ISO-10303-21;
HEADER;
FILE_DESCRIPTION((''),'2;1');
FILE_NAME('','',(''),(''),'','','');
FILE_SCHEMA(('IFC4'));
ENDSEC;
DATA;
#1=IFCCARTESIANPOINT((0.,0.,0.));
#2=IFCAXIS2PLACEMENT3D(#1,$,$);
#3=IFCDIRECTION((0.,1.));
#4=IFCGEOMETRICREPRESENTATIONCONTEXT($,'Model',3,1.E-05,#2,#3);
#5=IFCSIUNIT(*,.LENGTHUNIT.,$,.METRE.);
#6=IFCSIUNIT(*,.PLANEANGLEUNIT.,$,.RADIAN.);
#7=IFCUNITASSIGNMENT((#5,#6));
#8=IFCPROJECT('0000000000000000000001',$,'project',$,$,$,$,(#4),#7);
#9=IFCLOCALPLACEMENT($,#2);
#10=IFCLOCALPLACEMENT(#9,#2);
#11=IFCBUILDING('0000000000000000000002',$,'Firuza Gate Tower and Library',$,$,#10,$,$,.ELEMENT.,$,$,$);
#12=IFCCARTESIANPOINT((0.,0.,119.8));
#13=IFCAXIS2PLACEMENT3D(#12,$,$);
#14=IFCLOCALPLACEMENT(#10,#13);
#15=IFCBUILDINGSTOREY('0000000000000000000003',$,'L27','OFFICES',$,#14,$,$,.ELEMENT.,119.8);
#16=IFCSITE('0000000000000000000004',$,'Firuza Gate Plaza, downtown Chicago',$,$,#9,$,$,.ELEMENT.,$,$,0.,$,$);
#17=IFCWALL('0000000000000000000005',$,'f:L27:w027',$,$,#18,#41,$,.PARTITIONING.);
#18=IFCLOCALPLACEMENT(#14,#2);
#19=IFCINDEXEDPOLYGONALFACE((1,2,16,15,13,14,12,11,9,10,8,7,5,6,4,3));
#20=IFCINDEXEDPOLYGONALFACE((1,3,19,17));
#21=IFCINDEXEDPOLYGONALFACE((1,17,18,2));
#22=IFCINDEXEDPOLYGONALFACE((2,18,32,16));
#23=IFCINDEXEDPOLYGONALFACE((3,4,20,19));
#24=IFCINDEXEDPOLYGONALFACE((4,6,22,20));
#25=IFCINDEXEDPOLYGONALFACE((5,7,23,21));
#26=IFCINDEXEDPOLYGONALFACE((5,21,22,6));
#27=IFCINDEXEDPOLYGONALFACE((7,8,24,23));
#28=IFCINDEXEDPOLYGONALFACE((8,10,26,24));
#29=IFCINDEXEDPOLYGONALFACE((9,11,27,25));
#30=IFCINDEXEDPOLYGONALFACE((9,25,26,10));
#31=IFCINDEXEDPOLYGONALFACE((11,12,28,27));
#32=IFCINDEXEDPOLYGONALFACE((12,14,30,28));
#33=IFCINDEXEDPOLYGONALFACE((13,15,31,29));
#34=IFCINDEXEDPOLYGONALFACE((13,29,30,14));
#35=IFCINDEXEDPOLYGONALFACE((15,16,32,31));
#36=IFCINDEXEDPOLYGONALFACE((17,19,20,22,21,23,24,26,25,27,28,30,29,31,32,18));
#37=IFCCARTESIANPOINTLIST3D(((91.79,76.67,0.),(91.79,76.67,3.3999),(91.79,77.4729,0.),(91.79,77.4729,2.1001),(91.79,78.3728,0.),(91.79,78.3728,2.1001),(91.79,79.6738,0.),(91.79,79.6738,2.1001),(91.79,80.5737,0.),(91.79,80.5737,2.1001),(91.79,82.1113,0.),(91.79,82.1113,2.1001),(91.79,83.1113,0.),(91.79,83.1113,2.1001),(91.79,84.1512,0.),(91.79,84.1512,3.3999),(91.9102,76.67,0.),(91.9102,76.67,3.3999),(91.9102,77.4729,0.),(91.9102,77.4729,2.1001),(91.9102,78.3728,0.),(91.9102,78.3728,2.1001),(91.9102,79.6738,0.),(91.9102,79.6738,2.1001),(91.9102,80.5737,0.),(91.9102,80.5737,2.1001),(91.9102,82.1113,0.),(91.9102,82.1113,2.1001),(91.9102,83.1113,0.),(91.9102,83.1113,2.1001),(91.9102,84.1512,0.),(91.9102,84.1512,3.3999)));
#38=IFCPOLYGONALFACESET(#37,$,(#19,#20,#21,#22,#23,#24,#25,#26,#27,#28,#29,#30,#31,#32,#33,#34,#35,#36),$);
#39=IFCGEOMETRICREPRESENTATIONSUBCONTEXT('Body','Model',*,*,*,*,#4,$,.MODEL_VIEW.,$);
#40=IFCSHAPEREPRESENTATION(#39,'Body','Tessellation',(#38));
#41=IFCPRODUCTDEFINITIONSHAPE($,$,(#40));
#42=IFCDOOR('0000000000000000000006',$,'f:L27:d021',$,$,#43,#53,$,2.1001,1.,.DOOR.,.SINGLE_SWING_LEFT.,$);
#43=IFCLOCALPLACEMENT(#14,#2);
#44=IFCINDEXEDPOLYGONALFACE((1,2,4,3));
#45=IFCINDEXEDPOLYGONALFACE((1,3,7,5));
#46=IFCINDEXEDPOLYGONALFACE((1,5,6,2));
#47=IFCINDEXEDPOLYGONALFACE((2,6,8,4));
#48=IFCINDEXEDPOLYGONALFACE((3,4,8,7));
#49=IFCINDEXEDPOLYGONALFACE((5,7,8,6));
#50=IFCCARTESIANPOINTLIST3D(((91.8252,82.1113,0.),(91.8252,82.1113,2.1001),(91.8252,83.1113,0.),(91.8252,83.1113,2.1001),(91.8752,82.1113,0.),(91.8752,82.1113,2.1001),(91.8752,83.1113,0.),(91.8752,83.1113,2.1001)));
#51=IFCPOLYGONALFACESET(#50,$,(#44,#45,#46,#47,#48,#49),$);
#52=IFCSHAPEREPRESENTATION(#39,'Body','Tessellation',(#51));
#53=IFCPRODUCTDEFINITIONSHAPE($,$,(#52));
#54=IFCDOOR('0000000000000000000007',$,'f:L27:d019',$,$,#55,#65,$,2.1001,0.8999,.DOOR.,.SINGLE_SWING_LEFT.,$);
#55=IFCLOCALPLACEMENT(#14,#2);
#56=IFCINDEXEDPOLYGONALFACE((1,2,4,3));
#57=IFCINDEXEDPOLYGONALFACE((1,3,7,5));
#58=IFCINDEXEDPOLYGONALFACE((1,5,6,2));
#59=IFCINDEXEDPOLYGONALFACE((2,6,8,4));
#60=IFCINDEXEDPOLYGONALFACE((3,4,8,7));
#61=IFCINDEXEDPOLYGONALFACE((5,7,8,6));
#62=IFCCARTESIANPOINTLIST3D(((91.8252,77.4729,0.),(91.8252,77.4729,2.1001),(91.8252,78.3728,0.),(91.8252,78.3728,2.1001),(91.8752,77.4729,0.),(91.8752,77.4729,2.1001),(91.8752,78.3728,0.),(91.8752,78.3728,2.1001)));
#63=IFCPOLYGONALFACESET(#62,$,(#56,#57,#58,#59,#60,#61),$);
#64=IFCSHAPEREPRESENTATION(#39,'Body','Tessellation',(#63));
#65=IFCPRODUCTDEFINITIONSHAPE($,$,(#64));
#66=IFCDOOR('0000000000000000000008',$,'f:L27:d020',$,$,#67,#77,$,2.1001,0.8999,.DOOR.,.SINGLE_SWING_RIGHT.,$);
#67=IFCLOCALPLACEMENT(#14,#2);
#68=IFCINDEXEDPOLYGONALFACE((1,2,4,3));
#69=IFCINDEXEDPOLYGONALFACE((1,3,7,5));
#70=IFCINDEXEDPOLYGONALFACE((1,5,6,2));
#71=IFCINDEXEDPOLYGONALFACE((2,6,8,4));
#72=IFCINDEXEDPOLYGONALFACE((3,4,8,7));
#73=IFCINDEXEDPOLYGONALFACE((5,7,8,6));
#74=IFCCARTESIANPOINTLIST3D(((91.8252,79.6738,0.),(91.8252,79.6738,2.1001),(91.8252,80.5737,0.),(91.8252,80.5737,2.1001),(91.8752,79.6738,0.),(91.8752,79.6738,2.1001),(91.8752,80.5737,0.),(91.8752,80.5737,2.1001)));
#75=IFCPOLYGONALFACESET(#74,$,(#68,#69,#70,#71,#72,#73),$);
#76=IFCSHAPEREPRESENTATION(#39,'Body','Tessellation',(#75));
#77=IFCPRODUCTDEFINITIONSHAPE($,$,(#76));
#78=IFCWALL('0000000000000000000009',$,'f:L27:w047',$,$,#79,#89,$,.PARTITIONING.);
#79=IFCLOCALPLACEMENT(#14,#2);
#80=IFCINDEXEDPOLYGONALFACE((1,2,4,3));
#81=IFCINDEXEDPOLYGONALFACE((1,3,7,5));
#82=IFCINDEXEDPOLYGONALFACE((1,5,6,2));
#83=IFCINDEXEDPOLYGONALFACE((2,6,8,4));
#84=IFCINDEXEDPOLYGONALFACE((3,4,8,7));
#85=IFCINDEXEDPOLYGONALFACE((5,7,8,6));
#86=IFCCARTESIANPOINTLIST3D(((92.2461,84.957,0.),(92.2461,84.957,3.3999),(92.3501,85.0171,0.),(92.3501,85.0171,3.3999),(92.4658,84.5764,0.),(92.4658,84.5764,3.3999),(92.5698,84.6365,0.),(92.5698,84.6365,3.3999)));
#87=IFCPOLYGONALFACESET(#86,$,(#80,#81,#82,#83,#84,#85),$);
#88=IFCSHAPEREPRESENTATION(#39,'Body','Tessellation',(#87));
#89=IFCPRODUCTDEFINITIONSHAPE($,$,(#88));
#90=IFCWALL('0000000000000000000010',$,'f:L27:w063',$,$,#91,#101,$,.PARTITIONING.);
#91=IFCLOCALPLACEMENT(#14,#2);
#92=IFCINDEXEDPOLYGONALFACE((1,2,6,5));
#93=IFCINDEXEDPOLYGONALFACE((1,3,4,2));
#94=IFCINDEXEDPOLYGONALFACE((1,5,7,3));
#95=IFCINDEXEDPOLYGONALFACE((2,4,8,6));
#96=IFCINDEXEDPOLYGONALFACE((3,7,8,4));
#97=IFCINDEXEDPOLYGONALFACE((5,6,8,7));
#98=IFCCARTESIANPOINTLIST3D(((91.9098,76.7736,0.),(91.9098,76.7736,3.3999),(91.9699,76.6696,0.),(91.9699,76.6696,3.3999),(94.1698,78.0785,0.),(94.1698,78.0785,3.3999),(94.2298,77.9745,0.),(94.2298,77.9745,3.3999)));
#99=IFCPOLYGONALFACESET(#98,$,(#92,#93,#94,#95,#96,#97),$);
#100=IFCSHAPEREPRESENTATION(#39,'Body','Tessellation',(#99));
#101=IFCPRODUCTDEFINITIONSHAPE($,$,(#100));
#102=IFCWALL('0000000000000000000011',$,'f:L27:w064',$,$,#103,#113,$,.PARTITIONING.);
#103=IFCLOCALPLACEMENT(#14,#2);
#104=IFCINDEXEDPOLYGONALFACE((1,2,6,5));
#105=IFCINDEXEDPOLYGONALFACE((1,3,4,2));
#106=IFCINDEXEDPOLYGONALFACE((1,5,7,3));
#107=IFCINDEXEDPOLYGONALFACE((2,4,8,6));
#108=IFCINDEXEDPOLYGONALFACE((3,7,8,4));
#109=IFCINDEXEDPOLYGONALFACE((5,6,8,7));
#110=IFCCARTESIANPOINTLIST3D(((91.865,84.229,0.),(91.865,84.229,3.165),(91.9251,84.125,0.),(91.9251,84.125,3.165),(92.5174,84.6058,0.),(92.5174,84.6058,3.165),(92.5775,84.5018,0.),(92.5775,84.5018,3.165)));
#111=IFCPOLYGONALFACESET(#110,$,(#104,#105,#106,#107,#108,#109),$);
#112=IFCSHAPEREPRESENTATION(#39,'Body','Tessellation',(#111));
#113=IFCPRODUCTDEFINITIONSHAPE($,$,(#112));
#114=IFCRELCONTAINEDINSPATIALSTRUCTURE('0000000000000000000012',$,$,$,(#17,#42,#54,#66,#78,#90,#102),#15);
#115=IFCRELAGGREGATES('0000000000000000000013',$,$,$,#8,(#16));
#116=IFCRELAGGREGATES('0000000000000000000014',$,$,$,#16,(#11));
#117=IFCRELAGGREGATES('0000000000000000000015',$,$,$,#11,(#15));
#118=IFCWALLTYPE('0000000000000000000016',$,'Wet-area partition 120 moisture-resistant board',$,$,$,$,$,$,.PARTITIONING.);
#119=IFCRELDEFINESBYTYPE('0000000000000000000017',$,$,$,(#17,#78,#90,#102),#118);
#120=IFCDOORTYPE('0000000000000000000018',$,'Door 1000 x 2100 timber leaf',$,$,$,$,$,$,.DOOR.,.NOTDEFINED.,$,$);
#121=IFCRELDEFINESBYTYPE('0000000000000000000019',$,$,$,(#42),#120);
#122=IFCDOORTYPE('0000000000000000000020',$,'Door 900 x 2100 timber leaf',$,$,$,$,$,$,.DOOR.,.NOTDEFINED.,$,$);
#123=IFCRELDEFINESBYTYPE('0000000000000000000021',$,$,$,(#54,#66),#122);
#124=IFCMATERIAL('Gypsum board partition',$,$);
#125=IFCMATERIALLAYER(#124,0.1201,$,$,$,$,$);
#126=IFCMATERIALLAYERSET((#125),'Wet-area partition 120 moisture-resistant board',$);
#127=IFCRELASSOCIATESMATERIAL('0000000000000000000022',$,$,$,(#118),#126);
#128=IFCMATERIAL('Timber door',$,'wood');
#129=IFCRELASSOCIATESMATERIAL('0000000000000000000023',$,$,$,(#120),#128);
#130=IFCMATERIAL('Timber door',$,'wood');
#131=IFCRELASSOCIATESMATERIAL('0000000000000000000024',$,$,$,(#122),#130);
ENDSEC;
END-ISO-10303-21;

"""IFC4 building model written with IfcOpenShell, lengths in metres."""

from ifc_helpers import new_model, si_unit, direction, frame, frame_2d, origin, place, context, subcontext, project, spatial, rectangle, extrude, material, layer, layer_set, type_object, element, fill, save


model = new_model("IFC4")

# Units and contexts
model_context = context("Model", 3, precision=1e-05, world=origin(), true_north=direction((0.0, 1.0)))
body_context = subcontext(model_context, "Body", "Model", "MODEL_VIEW")
ifc_project = project(units=[si_unit("LENGTHUNIT", "METRE"), si_unit("PLANEANGLEUNIT", "RADIAN")], contexts=[model_context])

# Site, building, storey
site_placement = place(None, origin())
site = spatial("IfcSite", under=ifc_project, at=site_placement, Name="Firuza Gate Plaza, downtown Chicago", CompositionType="ELEMENT", RefElevation=0.0)
building_placement = place(site_placement, origin())
building = spatial("IfcBuilding", under=site, at=building_placement, Name="Firuza Gate Tower and Library", CompositionType="ELEMENT")
storey_placement = place(building_placement, frame((0.0, 0.0, 119.8)))
storey = spatial("IfcBuildingStorey", under=building, at=storey_placement, Name="L27", Description="OFFICES", CompositionType="ELEMENT", Elevation=119.8)

# Shared definitions
ifc_material_1 = material(Name="Gypsum board partition")
ifc_layer_1 = layer(ifc_material_1, 0.1201)
ifc_layer_set_1 = layer_set([ifc_layer_1], Name="Wet-area partition 120 moisture-resistant board")
wall_type_1 = type_object("IfcWallType", Name="Wet-area partition 120 moisture-resistant board", PredefinedType="PARTITIONING", material=ifc_layer_set_1)

# Wall, openings, doors
wall_1_placement = place(storey_placement, frame((91.8501, 76.6699, 0.0), z_axis=(0.0, 0.0, 1.0), x_axis=(0.0, 1.0, 0.0)))
wall_1 = element("IfcWall", 1, at=wall_1_placement, inside=storey, type_object=wall_type_1, Name="f:L27:w027", PredefinedType="PARTITIONING", context=body_context, shape_type="SweptSolid", body=[
    extrude(rectangle(XDim=7.4812, YDim=0.1201, at=frame_2d((3.7407, 0.0))), origin(), (0.0, 0.0, 1.0), 3.3999),
])
opening_1_placement = place(wall_1_placement, frame((0.803, 0.0, 0.0)))
opening_1 = element("IfcOpeningElement", 2, at=opening_1_placement, cuts=wall_1, PredefinedType="OPENING", context=body_context, shape_type="SweptSolid", body=[
    extrude(rectangle(XDim=0.8999, YDim=2.1001, at=frame_2d((0.45, 1.05))), frame((0.0, 0.0701, 0.0), z_axis=(0.0, -1.0, 0.0), x_axis=(1.0, 0.0, 0.0)), (0.0, 0.0, 1.0), 0.1401),
])
opening_2_placement = place(wall_1_placement, frame((3.0039, 0.0, 0.0)))
opening_2 = element("IfcOpeningElement", 3, at=opening_2_placement, cuts=wall_1, PredefinedType="OPENING", context=body_context, shape_type="SweptSolid", body=[
    extrude(rectangle(XDim=0.8999, YDim=2.1001, at=frame_2d((0.45, 1.05))), frame((0.0, 0.0701, 0.0), z_axis=(0.0, -1.0, 0.0), x_axis=(1.0, 0.0, 0.0)), (0.0, 0.0, 1.0), 0.1401),
])
opening_3_placement = place(wall_1_placement, frame((5.4414, 0.0, 0.0)))
opening_3 = element("IfcOpeningElement", 4, at=opening_3_placement, cuts=wall_1, PredefinedType="OPENING", context=body_context, shape_type="SweptSolid", body=[
    extrude(rectangle(XDim=1.0, YDim=2.1001, at=frame_2d((0.5, 1.05))), frame((0.0, 0.0701, 0.0), z_axis=(0.0, -1.0, 0.0), x_axis=(1.0, 0.0, 0.0)), (0.0, 0.0, 1.0), 0.1401),
])
ifc_material_2 = material(Name="Timber door", Category="wood")
door_type_1 = type_object("IfcDoorType", Name="Door 1000 x 2100 timber leaf", OperationType="NOTDEFINED", PredefinedType="DOOR", material=ifc_material_2)
door_1_placement = place(opening_3_placement, origin())
door_1 = element("IfcDoor", 5, at=door_1_placement, inside=storey, type_object=door_type_1, Name="f:L27:d021", OperationType="SINGLE_SWING_LEFT", OverallHeight=2.1001, OverallWidth=1.0, PredefinedType="DOOR", context=body_context, shape_type="SweptSolid", body=[
    extrude(rectangle(XDim=1.0, YDim=2.1001, at=frame_2d((0.5, 1.05))), frame((0.0, 0.0249, 0.0), z_axis=(0.0, -1.0, 0.0), x_axis=(1.0, 0.0, 0.0)), (0.0, 0.0, 1.0), 0.05),
])
fill(opening_3, door_1)
ifc_material_3 = material(Name="Timber door", Category="wood")
door_type_2 = type_object("IfcDoorType", Name="Door 900 x 2100 timber leaf", OperationType="NOTDEFINED", PredefinedType="DOOR", material=ifc_material_3)
door_2_placement = place(opening_1_placement, origin())
door_2 = element("IfcDoor", 6, at=door_2_placement, inside=storey, type_object=door_type_2, Name="f:L27:d019", OperationType="SINGLE_SWING_LEFT", OverallHeight=2.1001, OverallWidth=0.8999, PredefinedType="DOOR", context=body_context, shape_type="SweptSolid", body=[
    extrude(rectangle(XDim=0.8999, YDim=2.1001, at=frame_2d((0.45, 1.05))), frame((0.0, 0.0249, 0.0), z_axis=(0.0, -1.0, 0.0), x_axis=(1.0, 0.0, 0.0)), (0.0, 0.0, 1.0), 0.05),
])
fill(opening_1, door_2)
door_3_placement = place(opening_2_placement, origin())
door_3 = element("IfcDoor", 7, at=door_3_placement, inside=storey, type_object=door_type_2, Name="f:L27:d020", OperationType="SINGLE_SWING_RIGHT", OverallHeight=2.1001, OverallWidth=0.8999, PredefinedType="DOOR", context=body_context, shape_type="SweptSolid", body=[
    extrude(rectangle(XDim=0.8999, YDim=2.1001, at=frame_2d((0.45, 1.05))), frame((0.0, 0.0249, 0.0), z_axis=(0.0, -1.0, 0.0), x_axis=(1.0, 0.0, 0.0)), (0.0, 0.0, 1.0), 0.05),
])
fill(opening_2, door_3)

# Walls
wall_2_placement = place(storey_placement, frame((92.5178, 84.6064, 0.0), z_axis=(0.0, 0.0, 1.0), x_axis=(-0.499963, 0.866047, 0.0)))
element("IfcWall", 8, at=wall_2_placement, inside=storey, type_object=wall_type_1, Name="f:L27:w047", PredefinedType="PARTITIONING", context=body_context, shape_type="SweptSolid", body=[
    extrude(rectangle(XDim=0.4395, YDim=0.1201, at=frame_2d((0.2197, 0.0))), origin(), (0.0, 0.0, 1.0), 3.3999),
])
wall_3_placement = place(storey_placement, frame((91.9399, 76.7217, 0.0), z_axis=(0.0, 0.0, 1.0), x_axis=(0.866006, 0.500033, 0.0)))
element("IfcWall", 9, at=wall_3_placement, inside=storey, type_object=wall_type_1, Name="f:L27:w063", PredefinedType="PARTITIONING", context=body_context, shape_type="SweptSolid", body=[
    extrude(rectangle(XDim=2.6096, YDim=0.1201, at=frame_2d((1.3047, 0.0))), origin(), (0.0, 0.0, 1.0), 3.3999),
])
wall_4_placement = place(storey_placement, frame((91.895, 84.177, 0.0), z_axis=(0.0, 0.0, 1.0), x_axis=(0.86598, 0.500078, 0.0)))
element("IfcWall", 10, at=wall_4_placement, inside=storey, type_object=wall_type_1, Name="f:L27:w064", PredefinedType="PARTITIONING", context=body_context, shape_type="SweptSolid", body=[
    extrude(rectangle(XDim=0.7534, YDim=0.1201, at=frame_2d((0.3767, 0.0))), origin(), (0.0, 0.0, 1.0), 3.165),
])

save(model, "model.ifc")
